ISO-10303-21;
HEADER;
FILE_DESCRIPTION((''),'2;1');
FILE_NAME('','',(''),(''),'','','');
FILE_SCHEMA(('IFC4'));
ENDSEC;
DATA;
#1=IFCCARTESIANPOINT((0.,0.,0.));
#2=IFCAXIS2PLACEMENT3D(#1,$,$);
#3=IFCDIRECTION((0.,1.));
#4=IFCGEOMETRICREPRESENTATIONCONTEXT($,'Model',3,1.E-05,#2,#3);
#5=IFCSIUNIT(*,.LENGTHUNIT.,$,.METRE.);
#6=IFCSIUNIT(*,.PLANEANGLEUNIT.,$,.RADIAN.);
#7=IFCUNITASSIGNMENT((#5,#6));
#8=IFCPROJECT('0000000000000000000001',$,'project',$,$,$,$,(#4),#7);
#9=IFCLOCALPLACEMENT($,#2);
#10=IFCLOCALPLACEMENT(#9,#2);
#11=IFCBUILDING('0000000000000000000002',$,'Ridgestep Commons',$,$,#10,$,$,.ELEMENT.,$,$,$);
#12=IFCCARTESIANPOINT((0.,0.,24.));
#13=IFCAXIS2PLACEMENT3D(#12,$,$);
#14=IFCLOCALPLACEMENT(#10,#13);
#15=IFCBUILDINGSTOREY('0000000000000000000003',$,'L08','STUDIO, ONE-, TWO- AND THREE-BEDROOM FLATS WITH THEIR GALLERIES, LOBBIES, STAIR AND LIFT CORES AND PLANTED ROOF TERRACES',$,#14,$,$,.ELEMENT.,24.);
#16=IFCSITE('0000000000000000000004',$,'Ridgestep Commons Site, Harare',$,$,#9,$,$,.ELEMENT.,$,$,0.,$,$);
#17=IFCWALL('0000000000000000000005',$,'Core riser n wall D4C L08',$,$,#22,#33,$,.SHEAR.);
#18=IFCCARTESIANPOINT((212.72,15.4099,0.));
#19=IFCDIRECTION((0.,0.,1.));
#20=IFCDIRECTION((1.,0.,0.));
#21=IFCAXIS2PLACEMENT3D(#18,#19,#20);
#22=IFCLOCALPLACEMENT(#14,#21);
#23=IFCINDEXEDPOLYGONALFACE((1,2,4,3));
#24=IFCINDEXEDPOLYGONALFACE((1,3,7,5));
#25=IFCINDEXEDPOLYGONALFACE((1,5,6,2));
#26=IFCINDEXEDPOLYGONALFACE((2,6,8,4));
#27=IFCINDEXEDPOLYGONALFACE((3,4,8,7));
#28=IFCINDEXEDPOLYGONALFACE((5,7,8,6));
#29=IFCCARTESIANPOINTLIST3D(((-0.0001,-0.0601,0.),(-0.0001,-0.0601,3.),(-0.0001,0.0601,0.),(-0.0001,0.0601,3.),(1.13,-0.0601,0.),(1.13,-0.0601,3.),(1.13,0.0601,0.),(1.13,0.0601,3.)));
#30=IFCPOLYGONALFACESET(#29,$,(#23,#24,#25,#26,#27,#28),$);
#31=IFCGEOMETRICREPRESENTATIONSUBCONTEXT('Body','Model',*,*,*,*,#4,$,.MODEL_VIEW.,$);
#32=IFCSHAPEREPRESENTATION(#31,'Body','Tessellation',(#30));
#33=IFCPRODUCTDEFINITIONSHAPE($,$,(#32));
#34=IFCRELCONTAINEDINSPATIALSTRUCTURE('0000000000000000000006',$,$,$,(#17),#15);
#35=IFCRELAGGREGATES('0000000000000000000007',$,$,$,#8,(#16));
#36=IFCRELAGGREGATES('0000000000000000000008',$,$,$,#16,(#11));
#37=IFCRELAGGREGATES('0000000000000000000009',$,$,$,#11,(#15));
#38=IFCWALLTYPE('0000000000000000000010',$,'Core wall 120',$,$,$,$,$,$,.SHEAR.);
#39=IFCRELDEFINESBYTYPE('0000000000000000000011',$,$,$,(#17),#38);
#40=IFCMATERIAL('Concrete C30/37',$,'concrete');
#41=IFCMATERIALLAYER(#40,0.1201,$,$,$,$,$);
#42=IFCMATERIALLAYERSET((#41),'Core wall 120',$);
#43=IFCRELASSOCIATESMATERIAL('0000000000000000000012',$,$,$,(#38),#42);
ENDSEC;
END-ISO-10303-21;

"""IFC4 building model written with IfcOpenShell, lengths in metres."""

from ifc_helpers import new_model, si_unit, direction, frame, frame_2d, origin, place, context, subcontext, project, spatial, rectangle, extrude, material, layer, layer_set, type_object, element, save


model = new_model("IFC4")

# Units and contexts
model_context = context("Model", 3, precision=1e-05, world=origin(), true_north=direction((0.0, 1.0)))
body_context = subcontext(model_context, "Body", "Model", "MODEL_VIEW")
ifc_project = project(units=[si_unit("LENGTHUNIT", "METRE"), si_unit("PLANEANGLEUNIT", "RADIAN")], contexts=[model_context])

# Site, building, storey
site_placement = place(None, origin())
site = spatial("IfcSite", under=ifc_project, at=site_placement, Name="Ridgestep Commons Site, Harare", CompositionType="ELEMENT", RefElevation=0.0)
building_placement = place(site_placement, origin())
building = spatial("IfcBuilding", under=site, at=building_placement, Name="Ridgestep Commons", CompositionType="ELEMENT")
storey_placement = place(building_placement, frame((0.0, 0.0, 24.0)))
storey = spatial("IfcBuildingStorey", under=building, at=storey_placement, Name="L08", Description="STUDIO, ONE-, TWO- AND THREE-BEDROOM FLATS WITH THEIR GALLERIES, LOBBIES, STAIR AND LIFT CORES AND PLANTED ROOF TERRACES", CompositionType="ELEMENT", Elevation=24.0)

# Shared definitions
ifc_material_1 = material(Name="Concrete C30/37", Category="concrete")
ifc_layer_1 = layer(ifc_material_1, 0.1201)
ifc_layer_set_1 = layer_set([ifc_layer_1], Name="Core wall 120")
wall_type_1 = type_object("IfcWallType", Name="Core wall 120", PredefinedType="SHEAR", material=ifc_layer_set_1)

# Wall
wall_1_placement = place(storey_placement, frame((212.72, 15.4099, 0.0), z_axis=(0.0, 0.0, 1.0), x_axis=(1.0, 0.0, 0.0)))
element("IfcWall", 1, at=wall_1_placement, inside=storey, type_object=wall_type_1, Name="Core riser n wall D4C L08", PredefinedType="SHEAR", context=body_context, shape_type="SweptSolid", body=[
    extrude(rectangle(XDim=1.1301, YDim=0.1201, at=frame_2d((0.5649, 0.0))), origin(), (0.0, 0.0, 1.0), 3.0),
])

save(model, "model.ifc")
